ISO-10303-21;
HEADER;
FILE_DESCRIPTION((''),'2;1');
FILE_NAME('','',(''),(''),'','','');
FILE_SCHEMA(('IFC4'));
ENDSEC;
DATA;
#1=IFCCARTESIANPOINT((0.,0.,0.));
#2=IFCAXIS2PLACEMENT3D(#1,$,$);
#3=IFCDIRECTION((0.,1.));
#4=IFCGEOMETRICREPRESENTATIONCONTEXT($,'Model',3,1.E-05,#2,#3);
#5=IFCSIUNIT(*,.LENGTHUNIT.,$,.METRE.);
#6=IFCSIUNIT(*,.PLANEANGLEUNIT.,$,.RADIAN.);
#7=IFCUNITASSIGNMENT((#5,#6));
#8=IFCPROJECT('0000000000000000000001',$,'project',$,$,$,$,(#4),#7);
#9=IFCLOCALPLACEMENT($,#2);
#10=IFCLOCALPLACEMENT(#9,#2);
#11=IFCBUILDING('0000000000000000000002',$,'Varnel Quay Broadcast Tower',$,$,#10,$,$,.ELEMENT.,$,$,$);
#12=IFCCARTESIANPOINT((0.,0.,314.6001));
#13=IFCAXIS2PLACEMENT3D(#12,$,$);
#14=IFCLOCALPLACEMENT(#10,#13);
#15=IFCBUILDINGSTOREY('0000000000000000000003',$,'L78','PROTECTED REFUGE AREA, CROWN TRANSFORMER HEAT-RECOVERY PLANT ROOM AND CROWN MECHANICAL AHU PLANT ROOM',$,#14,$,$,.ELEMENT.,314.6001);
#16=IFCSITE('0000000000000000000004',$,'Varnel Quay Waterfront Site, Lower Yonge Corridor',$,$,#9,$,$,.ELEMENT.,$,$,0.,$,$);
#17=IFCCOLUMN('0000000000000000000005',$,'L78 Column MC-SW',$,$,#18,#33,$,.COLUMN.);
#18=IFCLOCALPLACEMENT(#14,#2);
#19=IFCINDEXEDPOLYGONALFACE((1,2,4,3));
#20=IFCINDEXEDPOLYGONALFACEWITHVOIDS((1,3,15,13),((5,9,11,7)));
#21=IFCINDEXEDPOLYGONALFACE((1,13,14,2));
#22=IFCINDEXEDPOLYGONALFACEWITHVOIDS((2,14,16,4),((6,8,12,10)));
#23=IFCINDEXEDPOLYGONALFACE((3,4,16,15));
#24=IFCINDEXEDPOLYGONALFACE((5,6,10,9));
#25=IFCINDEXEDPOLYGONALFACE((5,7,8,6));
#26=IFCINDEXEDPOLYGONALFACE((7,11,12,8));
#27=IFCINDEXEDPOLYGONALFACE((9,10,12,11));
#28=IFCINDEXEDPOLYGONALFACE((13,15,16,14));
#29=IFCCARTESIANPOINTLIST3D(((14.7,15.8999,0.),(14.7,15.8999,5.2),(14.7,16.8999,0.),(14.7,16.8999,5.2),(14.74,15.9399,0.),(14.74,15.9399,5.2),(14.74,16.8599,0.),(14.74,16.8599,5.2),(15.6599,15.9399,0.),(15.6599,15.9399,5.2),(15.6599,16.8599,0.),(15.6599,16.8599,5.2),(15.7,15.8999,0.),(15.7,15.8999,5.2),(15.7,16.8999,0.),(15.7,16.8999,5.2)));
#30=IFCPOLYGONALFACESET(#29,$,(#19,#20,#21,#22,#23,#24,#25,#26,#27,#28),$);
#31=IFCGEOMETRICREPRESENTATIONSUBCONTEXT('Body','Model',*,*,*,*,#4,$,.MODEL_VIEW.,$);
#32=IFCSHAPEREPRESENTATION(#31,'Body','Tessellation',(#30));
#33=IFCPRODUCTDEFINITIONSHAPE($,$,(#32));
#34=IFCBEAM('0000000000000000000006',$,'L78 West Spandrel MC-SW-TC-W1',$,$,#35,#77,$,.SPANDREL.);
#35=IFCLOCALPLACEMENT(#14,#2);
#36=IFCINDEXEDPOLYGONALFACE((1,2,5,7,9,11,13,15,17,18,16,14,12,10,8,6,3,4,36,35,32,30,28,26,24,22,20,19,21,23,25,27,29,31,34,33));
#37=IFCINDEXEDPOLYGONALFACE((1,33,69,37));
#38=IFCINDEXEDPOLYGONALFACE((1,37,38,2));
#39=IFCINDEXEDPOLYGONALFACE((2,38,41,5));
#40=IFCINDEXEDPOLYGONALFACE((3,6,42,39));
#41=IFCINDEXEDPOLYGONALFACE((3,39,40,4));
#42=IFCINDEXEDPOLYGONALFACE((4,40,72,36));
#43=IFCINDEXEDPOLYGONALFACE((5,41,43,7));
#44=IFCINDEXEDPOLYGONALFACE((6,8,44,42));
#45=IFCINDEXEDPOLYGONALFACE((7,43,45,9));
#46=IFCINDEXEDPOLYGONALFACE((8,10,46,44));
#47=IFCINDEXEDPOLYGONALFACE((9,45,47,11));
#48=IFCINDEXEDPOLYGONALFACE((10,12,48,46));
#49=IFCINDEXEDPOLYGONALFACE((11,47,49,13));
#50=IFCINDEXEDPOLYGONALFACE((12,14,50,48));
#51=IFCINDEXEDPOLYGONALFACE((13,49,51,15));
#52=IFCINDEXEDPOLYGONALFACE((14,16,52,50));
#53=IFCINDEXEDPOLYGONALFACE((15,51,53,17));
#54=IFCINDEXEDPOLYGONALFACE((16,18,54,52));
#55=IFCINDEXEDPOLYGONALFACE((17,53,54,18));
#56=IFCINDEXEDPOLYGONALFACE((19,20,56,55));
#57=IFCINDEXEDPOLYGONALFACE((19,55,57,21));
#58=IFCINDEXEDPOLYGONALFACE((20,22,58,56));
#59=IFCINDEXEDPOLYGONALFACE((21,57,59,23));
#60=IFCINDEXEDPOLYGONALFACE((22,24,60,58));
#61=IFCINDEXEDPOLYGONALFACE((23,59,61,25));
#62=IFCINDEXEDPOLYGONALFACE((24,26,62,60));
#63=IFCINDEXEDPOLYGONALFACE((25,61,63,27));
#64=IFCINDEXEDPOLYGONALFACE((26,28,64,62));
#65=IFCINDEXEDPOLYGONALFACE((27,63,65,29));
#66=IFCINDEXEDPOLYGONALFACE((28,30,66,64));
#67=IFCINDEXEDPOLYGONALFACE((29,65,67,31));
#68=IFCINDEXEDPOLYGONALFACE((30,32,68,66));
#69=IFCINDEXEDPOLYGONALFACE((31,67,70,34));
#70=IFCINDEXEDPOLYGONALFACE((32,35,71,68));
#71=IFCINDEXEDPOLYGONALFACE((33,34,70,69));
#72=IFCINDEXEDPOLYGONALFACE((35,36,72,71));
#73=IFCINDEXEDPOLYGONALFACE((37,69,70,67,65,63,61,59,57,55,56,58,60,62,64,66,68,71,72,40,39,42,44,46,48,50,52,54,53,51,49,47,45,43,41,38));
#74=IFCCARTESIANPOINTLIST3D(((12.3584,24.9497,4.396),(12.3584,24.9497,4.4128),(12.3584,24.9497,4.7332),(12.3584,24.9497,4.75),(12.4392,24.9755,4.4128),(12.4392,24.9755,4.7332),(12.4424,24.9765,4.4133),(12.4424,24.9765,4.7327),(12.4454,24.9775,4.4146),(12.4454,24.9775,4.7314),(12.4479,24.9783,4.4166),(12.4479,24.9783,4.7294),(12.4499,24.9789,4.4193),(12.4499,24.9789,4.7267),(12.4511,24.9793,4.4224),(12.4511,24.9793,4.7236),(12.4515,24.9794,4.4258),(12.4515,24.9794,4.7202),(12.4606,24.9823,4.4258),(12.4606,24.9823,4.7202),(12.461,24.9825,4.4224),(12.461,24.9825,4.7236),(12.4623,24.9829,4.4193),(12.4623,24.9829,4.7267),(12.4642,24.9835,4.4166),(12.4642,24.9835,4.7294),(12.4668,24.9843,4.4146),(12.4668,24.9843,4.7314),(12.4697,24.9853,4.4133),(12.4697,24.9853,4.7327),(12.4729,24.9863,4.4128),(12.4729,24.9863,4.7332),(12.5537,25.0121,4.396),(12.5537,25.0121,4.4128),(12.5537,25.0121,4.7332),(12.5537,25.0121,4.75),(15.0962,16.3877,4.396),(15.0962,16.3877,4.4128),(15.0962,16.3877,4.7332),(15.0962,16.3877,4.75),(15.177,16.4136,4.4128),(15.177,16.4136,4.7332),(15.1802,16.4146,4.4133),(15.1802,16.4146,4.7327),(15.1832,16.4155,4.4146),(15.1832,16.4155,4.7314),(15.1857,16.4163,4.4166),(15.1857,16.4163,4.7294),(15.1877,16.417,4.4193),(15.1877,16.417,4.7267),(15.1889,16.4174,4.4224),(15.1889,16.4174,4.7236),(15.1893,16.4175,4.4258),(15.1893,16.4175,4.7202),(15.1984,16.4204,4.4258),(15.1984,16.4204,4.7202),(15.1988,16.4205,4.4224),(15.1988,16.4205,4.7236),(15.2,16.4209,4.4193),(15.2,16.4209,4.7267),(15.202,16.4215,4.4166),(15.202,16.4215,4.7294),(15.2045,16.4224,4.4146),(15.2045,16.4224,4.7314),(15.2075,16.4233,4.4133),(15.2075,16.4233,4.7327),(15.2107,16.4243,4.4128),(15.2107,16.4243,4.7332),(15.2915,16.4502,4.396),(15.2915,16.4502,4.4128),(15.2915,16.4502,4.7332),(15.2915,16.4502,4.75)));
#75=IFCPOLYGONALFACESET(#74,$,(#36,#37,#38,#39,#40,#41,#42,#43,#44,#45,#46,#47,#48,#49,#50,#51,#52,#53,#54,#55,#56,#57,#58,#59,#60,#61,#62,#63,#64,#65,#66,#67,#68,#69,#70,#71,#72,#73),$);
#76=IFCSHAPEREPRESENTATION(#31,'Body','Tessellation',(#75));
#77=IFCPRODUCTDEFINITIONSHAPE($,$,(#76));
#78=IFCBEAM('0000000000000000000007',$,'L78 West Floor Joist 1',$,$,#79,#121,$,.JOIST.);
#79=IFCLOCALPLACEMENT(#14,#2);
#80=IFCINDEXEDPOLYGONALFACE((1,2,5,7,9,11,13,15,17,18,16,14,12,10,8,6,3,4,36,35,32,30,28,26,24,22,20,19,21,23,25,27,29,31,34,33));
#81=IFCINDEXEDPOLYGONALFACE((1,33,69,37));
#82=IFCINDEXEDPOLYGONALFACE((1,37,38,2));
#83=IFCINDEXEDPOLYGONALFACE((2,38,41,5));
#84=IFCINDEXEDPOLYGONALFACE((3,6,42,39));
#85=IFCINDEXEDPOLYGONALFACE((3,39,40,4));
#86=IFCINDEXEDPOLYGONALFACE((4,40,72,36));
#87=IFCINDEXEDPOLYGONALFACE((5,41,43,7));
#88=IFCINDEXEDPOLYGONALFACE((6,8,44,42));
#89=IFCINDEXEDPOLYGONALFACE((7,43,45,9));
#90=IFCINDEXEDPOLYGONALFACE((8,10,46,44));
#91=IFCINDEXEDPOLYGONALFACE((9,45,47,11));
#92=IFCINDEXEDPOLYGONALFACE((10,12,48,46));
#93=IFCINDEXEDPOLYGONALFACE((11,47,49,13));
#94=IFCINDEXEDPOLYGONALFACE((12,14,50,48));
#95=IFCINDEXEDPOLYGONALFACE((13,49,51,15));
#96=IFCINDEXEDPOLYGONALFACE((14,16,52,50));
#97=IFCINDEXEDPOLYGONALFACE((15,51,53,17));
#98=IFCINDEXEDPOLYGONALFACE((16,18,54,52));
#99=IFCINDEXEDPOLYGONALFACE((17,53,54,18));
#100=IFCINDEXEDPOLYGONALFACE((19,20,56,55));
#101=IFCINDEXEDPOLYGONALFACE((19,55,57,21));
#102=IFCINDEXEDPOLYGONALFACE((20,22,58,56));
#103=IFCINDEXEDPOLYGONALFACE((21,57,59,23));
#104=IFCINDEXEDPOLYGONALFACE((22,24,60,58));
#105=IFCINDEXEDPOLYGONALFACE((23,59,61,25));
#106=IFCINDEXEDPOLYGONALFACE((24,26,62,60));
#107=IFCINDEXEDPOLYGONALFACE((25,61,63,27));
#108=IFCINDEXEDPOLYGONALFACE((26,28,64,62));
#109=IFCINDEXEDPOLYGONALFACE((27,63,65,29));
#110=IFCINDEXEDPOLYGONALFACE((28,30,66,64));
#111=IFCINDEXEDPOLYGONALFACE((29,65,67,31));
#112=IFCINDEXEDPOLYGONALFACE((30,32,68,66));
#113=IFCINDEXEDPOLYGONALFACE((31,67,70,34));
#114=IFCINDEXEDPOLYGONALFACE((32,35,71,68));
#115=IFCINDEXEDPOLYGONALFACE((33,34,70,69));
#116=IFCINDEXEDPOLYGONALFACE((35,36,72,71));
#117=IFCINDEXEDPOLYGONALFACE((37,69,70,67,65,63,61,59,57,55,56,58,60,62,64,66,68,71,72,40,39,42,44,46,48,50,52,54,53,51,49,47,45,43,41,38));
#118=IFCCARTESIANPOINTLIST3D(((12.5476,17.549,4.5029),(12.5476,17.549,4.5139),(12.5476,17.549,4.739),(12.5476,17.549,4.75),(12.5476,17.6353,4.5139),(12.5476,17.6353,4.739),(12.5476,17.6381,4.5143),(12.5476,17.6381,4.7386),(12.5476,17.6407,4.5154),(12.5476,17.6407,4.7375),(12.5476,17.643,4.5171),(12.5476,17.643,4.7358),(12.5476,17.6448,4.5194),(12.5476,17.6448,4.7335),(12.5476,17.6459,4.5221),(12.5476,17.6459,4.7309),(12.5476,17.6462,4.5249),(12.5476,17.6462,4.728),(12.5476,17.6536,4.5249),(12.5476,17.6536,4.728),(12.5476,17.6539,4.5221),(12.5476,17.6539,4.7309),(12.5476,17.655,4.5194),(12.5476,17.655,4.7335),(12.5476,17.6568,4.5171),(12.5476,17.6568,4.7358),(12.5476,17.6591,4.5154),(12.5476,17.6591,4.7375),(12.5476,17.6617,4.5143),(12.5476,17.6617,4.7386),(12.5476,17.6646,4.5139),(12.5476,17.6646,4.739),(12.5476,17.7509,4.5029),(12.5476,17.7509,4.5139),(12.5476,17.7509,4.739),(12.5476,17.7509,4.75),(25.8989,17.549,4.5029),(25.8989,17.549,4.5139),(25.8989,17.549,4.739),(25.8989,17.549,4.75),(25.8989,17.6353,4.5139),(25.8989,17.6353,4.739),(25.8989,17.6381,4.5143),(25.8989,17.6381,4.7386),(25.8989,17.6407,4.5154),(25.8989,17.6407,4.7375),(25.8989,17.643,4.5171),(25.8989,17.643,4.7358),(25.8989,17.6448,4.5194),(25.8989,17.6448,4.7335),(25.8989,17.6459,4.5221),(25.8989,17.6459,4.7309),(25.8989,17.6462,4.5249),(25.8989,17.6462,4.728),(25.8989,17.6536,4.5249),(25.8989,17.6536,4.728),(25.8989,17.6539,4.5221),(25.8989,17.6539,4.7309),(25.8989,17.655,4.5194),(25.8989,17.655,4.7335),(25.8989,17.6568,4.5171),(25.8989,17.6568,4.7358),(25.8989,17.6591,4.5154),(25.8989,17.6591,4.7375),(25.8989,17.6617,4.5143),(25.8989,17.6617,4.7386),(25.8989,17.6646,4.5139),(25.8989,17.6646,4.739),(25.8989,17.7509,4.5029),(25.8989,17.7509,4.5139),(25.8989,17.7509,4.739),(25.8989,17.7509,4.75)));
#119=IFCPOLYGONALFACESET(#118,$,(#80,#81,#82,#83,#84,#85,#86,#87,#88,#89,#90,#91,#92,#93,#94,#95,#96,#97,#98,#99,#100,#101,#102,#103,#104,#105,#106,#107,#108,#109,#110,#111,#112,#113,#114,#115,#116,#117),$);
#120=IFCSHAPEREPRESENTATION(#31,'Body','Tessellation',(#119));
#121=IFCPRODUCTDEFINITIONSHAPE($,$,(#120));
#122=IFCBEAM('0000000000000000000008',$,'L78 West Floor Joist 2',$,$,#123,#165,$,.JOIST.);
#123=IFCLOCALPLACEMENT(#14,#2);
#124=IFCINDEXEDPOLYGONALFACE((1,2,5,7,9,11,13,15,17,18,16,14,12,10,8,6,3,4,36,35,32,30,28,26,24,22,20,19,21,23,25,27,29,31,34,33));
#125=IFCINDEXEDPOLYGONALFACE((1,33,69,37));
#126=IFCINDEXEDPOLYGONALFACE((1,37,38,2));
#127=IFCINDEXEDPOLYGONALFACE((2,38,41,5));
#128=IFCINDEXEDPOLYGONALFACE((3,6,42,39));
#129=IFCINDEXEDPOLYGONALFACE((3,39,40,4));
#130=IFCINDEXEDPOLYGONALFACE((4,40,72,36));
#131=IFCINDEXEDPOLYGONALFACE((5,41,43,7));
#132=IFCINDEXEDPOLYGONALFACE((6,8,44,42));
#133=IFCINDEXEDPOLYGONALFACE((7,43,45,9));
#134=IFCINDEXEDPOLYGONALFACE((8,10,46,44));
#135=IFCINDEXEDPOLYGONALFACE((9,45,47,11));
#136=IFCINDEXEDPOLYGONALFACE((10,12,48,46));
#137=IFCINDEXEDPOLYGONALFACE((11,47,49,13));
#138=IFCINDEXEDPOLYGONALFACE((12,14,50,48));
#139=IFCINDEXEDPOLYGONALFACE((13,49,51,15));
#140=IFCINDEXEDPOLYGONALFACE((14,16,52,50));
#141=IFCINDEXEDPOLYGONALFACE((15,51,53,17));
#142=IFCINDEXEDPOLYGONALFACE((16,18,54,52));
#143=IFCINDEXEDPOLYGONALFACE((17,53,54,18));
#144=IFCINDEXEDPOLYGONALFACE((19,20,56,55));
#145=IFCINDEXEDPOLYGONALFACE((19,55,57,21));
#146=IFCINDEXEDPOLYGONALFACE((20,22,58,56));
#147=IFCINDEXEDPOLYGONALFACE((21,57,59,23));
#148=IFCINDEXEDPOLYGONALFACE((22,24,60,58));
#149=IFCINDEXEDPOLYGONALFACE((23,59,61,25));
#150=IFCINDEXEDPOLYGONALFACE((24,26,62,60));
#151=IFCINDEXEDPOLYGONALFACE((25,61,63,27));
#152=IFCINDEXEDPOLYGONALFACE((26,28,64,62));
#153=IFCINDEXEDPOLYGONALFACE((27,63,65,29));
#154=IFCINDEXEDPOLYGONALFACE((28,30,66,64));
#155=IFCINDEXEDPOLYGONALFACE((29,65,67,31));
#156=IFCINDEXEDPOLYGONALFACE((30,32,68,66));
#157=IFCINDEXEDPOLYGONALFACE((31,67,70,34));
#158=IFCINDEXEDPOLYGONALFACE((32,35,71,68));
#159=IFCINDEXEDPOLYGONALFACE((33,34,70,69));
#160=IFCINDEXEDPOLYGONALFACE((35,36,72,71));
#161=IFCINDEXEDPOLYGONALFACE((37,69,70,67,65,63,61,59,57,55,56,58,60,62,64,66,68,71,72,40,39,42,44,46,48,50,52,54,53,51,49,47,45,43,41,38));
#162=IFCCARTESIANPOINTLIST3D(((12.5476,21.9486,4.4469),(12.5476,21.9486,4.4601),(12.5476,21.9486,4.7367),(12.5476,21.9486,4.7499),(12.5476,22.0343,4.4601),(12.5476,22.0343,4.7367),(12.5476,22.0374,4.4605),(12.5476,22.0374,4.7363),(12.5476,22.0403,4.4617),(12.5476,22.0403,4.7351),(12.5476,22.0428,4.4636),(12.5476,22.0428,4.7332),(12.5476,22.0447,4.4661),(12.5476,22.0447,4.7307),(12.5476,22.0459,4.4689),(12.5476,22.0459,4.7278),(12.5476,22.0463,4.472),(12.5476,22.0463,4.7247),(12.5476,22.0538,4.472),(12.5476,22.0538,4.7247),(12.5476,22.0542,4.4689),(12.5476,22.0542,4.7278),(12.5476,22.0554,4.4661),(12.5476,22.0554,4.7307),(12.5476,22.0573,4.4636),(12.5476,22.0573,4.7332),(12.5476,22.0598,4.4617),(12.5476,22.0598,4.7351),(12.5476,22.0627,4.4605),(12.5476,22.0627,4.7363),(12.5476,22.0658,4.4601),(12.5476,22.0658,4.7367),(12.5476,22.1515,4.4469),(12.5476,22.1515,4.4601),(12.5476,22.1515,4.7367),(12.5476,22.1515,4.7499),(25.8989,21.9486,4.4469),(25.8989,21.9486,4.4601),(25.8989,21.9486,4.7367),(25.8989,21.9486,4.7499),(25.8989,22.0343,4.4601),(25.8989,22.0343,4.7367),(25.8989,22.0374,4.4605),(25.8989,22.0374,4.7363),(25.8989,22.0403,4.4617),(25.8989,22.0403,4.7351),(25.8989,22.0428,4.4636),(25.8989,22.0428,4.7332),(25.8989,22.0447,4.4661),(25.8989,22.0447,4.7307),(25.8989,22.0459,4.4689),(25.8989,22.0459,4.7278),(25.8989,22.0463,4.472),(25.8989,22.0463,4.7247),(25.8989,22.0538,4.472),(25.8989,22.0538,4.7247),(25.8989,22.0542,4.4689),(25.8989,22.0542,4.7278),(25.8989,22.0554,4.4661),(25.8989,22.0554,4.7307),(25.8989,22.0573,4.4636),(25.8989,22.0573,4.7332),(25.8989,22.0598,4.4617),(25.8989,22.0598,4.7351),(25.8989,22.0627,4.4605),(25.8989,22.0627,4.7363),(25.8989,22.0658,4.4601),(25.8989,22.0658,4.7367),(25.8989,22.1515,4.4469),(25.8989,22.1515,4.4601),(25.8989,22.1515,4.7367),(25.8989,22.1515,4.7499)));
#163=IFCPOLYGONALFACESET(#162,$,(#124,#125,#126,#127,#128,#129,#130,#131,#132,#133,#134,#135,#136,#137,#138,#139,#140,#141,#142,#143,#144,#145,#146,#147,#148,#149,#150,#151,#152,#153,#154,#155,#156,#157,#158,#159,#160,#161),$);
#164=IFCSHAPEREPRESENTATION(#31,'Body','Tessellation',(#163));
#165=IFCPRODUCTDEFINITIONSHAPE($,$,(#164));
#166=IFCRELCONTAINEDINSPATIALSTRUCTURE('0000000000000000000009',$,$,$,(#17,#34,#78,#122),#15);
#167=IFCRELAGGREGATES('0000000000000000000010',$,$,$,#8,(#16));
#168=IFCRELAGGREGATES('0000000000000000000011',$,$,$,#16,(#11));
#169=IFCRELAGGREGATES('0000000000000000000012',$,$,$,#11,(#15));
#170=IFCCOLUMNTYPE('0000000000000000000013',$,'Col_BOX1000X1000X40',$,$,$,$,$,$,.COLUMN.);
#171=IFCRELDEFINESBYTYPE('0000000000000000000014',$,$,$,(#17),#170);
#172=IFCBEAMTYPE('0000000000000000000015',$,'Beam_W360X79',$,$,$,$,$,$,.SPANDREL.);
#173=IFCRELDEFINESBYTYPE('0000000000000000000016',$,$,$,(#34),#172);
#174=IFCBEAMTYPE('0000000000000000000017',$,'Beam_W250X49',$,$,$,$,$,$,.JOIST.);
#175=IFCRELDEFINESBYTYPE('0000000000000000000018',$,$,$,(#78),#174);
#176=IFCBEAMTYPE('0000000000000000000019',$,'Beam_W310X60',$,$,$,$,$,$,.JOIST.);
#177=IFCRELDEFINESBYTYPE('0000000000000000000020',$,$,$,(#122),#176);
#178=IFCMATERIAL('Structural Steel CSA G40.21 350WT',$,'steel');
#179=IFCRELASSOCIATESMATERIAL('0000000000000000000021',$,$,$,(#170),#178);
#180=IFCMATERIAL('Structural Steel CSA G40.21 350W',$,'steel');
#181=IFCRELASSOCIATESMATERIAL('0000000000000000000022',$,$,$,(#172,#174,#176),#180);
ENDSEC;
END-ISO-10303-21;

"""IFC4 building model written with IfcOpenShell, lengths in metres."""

from ifc_helpers import new_model, si_unit, direction, frame, origin, origin_2d, place, context, subcontext, project, spatial, hollow_rectangle, i_section, extrude, source, transform, mapped, material, material_profile, profile_set, type_object, type_shapes, element, save


model = new_model("IFC4")

# Units and contexts
model_context = context("Model", 3, precision=1e-05, world=origin(), true_north=direction((0.0, 1.0)))
body_context = subcontext(model_context, "Body", "Model", "MODEL_VIEW")
ifc_project = project(units=[si_unit("LENGTHUNIT", "METRE"), si_unit("PLANEANGLEUNIT", "RADIAN")], contexts=[model_context])

# Site, building, storey
site_placement = place(None, origin())
site = spatial("IfcSite", under=ifc_project, at=site_placement, Name="Varnel Quay Waterfront Site, Lower Yonge Corridor", CompositionType="ELEMENT", RefElevation=0.0)
building_placement = place(site_placement, origin())
building = spatial("IfcBuilding", under=site, at=building_placement, Name="Varnel Quay Broadcast Tower", CompositionType="ELEMENT")
storey_placement = place(building_placement, frame((0.0, 0.0, 314.6001)))
storey = spatial("IfcBuildingStorey", under=building, at=storey_placement, Name="L78", Description="PROTECTED REFUGE AREA, CROWN TRANSFORMER HEAT-RECOVERY PLANT ROOM AND CROWN MECHANICAL AHU PLANT ROOM", CompositionType="ELEMENT", Elevation=314.6001)

# Column
ifc_material_1 = material(Name="Structural Steel CSA G40.21 350WT", Category="steel")
ifc_material_profile_1 = material_profile(ifc_material_1, hollow_rectangle(XDim=1.0, YDim=1.0, WallThickness=0.04, at=origin_2d()), Name="BOX1000X1000X40")
ifc_profile_set_1 = profile_set([ifc_material_profile_1], Name="Structural Steel CSA G40.21 350WT")
column_type = type_object("IfcColumnType", Name="Col_BOX1000X1000X40", PredefinedType="COLUMN", material=ifc_profile_set_1)
shared_shape_1 = source(origin(), body_context, "Body", "SweptSolid", [
    extrude(hollow_rectangle(XDim=1.0, YDim=1.0, WallThickness=0.04, at=origin_2d()), origin(), (0.0, 0.0, 1.0), 5.2),
])
type_shapes(column_type, [shared_shape_1])
column_placement = place(storey_placement, frame((15.2, 16.3999, 0.0), z_axis=(0.0, 0.0, 1.0), x_axis=(1.0, 0.0, 0.0)))
element("IfcColumn", 1, at=column_placement, inside=storey, type_object=column_type, Name="L78 Column MC-SW", PredefinedType="COLUMN", context=body_context, shape_type="MappedRepresentation", body=[
    mapped(shared_shape_1, transform((0.0, 0.0, 0.0), x_axis=(1.0, 0.0, 0.0), y_axis=(0.0, 1.0, 0.0), z_axis=(0.0, 0.0, 1.0), scale=1.0)),
])

# Beams
ifc_material_2 = material(Name="Structural Steel CSA G40.21 350W", Category="steel")
ifc_material_profile_2 = material_profile(ifc_material_2, i_section(OverallWidth=0.2051, OverallDepth=0.354, WebThickness=0.0095, FlangeThickness=0.0168, FilletRadius=0.0129, at=origin_2d()), Name="W360X79")
ifc_profile_set_2 = profile_set([ifc_material_profile_2], Name="Structural Steel CSA G40.21 350W")
beam_type_1 = type_object("IfcBeamType", Name="Beam_W360X79", PredefinedType="SPANDREL", material=ifc_profile_set_2)
shared_shape_2 = source(origin(), body_context, "Body", "SweptSolid", [
    extrude(i_section(OverallWidth=0.2051, OverallDepth=0.354, WebThickness=0.0095, FlangeThickness=0.0168, FilletRadius=0.0129, at=origin_2d()), origin(), (0.0, 0.0, 1.0), 8.989),
])
type_shapes(beam_type_1, [shared_shape_2])
beam_1_placement = place(storey_placement, frame((15.1938, 16.4189, 4.573), z_axis=(-0.304569, 0.95249, 0.0), x_axis=(-0.95249, -0.304569, 0.0)))
element("IfcBeam", 2, at=beam_1_placement, inside=storey, type_object=beam_type_1, Name="L78 West Spandrel MC-SW-TC-W1", PredefinedType="SPANDREL", context=body_context, shape_type="MappedRepresentation", body=[
    mapped(shared_shape_2, transform((0.0, 0.0, 0.0), x_axis=(1.0, 0.0, 0.0), y_axis=(0.0, 1.0, 0.0), z_axis=(0.0, 0.0, 1.0), scale=1.0)),
])
ifc_material_profile_3 = material_profile(ifc_material_2, i_section(OverallWidth=0.2019, OverallDepth=0.2471, WebThickness=0.0073, FlangeThickness=0.011, FilletRadius=0.011, at=origin_2d()), Name="W250X49")
ifc_profile_set_3 = profile_set([ifc_material_profile_3], Name="Structural Steel CSA G40.21 350W")
beam_type_2 = type_object("IfcBeamType", Name="Beam_W250X49", PredefinedType="JOIST", material=ifc_profile_set_3)
shared_shape_3 = source(origin(), body_context, "Body", "SweptSolid", [
    extrude(i_section(OverallWidth=0.2019, OverallDepth=0.2471, WebThickness=0.0073, FlangeThickness=0.011, FilletRadius=0.011, at=origin_2d()), origin(), (0.0, 0.0, 1.0), 13.3513),
])
type_shapes(beam_type_2, [shared_shape_3])
beam_2_placement = place(storey_placement, frame((12.5476, 17.6499, 4.6265), z_axis=(1.0, 0.0, 0.0), x_axis=(0.0, 1.0, 0.0)))
element("IfcBeam", 3, at=beam_2_placement, inside=storey, type_object=beam_type_2, Name="L78 West Floor Joist 1", PredefinedType="JOIST", context=body_context, shape_type="MappedRepresentation", body=[
    mapped(shared_shape_3, transform((0.0, 0.0, 0.0), x_axis=(1.0, 0.0, 0.0), y_axis=(0.0, 1.0, 0.0), z_axis=(0.0, 0.0, 1.0), scale=1.0)),
])
ifc_material_profile_4 = material_profile(ifc_material_2, i_section(OverallWidth=0.2029, OverallDepth=0.303, WebThickness=0.0076, FlangeThickness=0.0132, FilletRadius=0.012, at=origin_2d()), Name="W310X60")
ifc_profile_set_4 = profile_set([ifc_material_profile_4], Name="Structural Steel CSA G40.21 350W")
beam_type_3 = type_object("IfcBeamType", Name="Beam_W310X60", PredefinedType="JOIST", material=ifc_profile_set_4)
shared_shape_4 = source(origin(), body_context, "Body", "SweptSolid", [
    extrude(i_section(OverallWidth=0.2029, OverallDepth=0.303, WebThickness=0.0076, FlangeThickness=0.0132, FilletRadius=0.012, at=origin_2d()), origin(), (0.0, 0.0, 1.0), 13.3513),
])
type_shapes(beam_type_3, [shared_shape_4])
beam_3_placement = place(storey_placement, frame((12.5476, 22.05, 4.5984), z_axis=(1.0, 0.0, 0.0), x_axis=(0.0, 1.0, 0.0)))
element("IfcBeam", 4, at=beam_3_placement, inside=storey, type_object=beam_type_3, Name="L78 West Floor Joist 2", PredefinedType="JOIST", context=body_context, shape_type="MappedRepresentation", body=[
    mapped(shared_shape_4, transform((0.0, 0.0, 0.0), x_axis=(1.0, 0.0, 0.0), y_axis=(0.0, 1.0, 0.0), z_axis=(0.0, 0.0, 1.0), scale=1.0)),
])

save(model, "model.ifc")
